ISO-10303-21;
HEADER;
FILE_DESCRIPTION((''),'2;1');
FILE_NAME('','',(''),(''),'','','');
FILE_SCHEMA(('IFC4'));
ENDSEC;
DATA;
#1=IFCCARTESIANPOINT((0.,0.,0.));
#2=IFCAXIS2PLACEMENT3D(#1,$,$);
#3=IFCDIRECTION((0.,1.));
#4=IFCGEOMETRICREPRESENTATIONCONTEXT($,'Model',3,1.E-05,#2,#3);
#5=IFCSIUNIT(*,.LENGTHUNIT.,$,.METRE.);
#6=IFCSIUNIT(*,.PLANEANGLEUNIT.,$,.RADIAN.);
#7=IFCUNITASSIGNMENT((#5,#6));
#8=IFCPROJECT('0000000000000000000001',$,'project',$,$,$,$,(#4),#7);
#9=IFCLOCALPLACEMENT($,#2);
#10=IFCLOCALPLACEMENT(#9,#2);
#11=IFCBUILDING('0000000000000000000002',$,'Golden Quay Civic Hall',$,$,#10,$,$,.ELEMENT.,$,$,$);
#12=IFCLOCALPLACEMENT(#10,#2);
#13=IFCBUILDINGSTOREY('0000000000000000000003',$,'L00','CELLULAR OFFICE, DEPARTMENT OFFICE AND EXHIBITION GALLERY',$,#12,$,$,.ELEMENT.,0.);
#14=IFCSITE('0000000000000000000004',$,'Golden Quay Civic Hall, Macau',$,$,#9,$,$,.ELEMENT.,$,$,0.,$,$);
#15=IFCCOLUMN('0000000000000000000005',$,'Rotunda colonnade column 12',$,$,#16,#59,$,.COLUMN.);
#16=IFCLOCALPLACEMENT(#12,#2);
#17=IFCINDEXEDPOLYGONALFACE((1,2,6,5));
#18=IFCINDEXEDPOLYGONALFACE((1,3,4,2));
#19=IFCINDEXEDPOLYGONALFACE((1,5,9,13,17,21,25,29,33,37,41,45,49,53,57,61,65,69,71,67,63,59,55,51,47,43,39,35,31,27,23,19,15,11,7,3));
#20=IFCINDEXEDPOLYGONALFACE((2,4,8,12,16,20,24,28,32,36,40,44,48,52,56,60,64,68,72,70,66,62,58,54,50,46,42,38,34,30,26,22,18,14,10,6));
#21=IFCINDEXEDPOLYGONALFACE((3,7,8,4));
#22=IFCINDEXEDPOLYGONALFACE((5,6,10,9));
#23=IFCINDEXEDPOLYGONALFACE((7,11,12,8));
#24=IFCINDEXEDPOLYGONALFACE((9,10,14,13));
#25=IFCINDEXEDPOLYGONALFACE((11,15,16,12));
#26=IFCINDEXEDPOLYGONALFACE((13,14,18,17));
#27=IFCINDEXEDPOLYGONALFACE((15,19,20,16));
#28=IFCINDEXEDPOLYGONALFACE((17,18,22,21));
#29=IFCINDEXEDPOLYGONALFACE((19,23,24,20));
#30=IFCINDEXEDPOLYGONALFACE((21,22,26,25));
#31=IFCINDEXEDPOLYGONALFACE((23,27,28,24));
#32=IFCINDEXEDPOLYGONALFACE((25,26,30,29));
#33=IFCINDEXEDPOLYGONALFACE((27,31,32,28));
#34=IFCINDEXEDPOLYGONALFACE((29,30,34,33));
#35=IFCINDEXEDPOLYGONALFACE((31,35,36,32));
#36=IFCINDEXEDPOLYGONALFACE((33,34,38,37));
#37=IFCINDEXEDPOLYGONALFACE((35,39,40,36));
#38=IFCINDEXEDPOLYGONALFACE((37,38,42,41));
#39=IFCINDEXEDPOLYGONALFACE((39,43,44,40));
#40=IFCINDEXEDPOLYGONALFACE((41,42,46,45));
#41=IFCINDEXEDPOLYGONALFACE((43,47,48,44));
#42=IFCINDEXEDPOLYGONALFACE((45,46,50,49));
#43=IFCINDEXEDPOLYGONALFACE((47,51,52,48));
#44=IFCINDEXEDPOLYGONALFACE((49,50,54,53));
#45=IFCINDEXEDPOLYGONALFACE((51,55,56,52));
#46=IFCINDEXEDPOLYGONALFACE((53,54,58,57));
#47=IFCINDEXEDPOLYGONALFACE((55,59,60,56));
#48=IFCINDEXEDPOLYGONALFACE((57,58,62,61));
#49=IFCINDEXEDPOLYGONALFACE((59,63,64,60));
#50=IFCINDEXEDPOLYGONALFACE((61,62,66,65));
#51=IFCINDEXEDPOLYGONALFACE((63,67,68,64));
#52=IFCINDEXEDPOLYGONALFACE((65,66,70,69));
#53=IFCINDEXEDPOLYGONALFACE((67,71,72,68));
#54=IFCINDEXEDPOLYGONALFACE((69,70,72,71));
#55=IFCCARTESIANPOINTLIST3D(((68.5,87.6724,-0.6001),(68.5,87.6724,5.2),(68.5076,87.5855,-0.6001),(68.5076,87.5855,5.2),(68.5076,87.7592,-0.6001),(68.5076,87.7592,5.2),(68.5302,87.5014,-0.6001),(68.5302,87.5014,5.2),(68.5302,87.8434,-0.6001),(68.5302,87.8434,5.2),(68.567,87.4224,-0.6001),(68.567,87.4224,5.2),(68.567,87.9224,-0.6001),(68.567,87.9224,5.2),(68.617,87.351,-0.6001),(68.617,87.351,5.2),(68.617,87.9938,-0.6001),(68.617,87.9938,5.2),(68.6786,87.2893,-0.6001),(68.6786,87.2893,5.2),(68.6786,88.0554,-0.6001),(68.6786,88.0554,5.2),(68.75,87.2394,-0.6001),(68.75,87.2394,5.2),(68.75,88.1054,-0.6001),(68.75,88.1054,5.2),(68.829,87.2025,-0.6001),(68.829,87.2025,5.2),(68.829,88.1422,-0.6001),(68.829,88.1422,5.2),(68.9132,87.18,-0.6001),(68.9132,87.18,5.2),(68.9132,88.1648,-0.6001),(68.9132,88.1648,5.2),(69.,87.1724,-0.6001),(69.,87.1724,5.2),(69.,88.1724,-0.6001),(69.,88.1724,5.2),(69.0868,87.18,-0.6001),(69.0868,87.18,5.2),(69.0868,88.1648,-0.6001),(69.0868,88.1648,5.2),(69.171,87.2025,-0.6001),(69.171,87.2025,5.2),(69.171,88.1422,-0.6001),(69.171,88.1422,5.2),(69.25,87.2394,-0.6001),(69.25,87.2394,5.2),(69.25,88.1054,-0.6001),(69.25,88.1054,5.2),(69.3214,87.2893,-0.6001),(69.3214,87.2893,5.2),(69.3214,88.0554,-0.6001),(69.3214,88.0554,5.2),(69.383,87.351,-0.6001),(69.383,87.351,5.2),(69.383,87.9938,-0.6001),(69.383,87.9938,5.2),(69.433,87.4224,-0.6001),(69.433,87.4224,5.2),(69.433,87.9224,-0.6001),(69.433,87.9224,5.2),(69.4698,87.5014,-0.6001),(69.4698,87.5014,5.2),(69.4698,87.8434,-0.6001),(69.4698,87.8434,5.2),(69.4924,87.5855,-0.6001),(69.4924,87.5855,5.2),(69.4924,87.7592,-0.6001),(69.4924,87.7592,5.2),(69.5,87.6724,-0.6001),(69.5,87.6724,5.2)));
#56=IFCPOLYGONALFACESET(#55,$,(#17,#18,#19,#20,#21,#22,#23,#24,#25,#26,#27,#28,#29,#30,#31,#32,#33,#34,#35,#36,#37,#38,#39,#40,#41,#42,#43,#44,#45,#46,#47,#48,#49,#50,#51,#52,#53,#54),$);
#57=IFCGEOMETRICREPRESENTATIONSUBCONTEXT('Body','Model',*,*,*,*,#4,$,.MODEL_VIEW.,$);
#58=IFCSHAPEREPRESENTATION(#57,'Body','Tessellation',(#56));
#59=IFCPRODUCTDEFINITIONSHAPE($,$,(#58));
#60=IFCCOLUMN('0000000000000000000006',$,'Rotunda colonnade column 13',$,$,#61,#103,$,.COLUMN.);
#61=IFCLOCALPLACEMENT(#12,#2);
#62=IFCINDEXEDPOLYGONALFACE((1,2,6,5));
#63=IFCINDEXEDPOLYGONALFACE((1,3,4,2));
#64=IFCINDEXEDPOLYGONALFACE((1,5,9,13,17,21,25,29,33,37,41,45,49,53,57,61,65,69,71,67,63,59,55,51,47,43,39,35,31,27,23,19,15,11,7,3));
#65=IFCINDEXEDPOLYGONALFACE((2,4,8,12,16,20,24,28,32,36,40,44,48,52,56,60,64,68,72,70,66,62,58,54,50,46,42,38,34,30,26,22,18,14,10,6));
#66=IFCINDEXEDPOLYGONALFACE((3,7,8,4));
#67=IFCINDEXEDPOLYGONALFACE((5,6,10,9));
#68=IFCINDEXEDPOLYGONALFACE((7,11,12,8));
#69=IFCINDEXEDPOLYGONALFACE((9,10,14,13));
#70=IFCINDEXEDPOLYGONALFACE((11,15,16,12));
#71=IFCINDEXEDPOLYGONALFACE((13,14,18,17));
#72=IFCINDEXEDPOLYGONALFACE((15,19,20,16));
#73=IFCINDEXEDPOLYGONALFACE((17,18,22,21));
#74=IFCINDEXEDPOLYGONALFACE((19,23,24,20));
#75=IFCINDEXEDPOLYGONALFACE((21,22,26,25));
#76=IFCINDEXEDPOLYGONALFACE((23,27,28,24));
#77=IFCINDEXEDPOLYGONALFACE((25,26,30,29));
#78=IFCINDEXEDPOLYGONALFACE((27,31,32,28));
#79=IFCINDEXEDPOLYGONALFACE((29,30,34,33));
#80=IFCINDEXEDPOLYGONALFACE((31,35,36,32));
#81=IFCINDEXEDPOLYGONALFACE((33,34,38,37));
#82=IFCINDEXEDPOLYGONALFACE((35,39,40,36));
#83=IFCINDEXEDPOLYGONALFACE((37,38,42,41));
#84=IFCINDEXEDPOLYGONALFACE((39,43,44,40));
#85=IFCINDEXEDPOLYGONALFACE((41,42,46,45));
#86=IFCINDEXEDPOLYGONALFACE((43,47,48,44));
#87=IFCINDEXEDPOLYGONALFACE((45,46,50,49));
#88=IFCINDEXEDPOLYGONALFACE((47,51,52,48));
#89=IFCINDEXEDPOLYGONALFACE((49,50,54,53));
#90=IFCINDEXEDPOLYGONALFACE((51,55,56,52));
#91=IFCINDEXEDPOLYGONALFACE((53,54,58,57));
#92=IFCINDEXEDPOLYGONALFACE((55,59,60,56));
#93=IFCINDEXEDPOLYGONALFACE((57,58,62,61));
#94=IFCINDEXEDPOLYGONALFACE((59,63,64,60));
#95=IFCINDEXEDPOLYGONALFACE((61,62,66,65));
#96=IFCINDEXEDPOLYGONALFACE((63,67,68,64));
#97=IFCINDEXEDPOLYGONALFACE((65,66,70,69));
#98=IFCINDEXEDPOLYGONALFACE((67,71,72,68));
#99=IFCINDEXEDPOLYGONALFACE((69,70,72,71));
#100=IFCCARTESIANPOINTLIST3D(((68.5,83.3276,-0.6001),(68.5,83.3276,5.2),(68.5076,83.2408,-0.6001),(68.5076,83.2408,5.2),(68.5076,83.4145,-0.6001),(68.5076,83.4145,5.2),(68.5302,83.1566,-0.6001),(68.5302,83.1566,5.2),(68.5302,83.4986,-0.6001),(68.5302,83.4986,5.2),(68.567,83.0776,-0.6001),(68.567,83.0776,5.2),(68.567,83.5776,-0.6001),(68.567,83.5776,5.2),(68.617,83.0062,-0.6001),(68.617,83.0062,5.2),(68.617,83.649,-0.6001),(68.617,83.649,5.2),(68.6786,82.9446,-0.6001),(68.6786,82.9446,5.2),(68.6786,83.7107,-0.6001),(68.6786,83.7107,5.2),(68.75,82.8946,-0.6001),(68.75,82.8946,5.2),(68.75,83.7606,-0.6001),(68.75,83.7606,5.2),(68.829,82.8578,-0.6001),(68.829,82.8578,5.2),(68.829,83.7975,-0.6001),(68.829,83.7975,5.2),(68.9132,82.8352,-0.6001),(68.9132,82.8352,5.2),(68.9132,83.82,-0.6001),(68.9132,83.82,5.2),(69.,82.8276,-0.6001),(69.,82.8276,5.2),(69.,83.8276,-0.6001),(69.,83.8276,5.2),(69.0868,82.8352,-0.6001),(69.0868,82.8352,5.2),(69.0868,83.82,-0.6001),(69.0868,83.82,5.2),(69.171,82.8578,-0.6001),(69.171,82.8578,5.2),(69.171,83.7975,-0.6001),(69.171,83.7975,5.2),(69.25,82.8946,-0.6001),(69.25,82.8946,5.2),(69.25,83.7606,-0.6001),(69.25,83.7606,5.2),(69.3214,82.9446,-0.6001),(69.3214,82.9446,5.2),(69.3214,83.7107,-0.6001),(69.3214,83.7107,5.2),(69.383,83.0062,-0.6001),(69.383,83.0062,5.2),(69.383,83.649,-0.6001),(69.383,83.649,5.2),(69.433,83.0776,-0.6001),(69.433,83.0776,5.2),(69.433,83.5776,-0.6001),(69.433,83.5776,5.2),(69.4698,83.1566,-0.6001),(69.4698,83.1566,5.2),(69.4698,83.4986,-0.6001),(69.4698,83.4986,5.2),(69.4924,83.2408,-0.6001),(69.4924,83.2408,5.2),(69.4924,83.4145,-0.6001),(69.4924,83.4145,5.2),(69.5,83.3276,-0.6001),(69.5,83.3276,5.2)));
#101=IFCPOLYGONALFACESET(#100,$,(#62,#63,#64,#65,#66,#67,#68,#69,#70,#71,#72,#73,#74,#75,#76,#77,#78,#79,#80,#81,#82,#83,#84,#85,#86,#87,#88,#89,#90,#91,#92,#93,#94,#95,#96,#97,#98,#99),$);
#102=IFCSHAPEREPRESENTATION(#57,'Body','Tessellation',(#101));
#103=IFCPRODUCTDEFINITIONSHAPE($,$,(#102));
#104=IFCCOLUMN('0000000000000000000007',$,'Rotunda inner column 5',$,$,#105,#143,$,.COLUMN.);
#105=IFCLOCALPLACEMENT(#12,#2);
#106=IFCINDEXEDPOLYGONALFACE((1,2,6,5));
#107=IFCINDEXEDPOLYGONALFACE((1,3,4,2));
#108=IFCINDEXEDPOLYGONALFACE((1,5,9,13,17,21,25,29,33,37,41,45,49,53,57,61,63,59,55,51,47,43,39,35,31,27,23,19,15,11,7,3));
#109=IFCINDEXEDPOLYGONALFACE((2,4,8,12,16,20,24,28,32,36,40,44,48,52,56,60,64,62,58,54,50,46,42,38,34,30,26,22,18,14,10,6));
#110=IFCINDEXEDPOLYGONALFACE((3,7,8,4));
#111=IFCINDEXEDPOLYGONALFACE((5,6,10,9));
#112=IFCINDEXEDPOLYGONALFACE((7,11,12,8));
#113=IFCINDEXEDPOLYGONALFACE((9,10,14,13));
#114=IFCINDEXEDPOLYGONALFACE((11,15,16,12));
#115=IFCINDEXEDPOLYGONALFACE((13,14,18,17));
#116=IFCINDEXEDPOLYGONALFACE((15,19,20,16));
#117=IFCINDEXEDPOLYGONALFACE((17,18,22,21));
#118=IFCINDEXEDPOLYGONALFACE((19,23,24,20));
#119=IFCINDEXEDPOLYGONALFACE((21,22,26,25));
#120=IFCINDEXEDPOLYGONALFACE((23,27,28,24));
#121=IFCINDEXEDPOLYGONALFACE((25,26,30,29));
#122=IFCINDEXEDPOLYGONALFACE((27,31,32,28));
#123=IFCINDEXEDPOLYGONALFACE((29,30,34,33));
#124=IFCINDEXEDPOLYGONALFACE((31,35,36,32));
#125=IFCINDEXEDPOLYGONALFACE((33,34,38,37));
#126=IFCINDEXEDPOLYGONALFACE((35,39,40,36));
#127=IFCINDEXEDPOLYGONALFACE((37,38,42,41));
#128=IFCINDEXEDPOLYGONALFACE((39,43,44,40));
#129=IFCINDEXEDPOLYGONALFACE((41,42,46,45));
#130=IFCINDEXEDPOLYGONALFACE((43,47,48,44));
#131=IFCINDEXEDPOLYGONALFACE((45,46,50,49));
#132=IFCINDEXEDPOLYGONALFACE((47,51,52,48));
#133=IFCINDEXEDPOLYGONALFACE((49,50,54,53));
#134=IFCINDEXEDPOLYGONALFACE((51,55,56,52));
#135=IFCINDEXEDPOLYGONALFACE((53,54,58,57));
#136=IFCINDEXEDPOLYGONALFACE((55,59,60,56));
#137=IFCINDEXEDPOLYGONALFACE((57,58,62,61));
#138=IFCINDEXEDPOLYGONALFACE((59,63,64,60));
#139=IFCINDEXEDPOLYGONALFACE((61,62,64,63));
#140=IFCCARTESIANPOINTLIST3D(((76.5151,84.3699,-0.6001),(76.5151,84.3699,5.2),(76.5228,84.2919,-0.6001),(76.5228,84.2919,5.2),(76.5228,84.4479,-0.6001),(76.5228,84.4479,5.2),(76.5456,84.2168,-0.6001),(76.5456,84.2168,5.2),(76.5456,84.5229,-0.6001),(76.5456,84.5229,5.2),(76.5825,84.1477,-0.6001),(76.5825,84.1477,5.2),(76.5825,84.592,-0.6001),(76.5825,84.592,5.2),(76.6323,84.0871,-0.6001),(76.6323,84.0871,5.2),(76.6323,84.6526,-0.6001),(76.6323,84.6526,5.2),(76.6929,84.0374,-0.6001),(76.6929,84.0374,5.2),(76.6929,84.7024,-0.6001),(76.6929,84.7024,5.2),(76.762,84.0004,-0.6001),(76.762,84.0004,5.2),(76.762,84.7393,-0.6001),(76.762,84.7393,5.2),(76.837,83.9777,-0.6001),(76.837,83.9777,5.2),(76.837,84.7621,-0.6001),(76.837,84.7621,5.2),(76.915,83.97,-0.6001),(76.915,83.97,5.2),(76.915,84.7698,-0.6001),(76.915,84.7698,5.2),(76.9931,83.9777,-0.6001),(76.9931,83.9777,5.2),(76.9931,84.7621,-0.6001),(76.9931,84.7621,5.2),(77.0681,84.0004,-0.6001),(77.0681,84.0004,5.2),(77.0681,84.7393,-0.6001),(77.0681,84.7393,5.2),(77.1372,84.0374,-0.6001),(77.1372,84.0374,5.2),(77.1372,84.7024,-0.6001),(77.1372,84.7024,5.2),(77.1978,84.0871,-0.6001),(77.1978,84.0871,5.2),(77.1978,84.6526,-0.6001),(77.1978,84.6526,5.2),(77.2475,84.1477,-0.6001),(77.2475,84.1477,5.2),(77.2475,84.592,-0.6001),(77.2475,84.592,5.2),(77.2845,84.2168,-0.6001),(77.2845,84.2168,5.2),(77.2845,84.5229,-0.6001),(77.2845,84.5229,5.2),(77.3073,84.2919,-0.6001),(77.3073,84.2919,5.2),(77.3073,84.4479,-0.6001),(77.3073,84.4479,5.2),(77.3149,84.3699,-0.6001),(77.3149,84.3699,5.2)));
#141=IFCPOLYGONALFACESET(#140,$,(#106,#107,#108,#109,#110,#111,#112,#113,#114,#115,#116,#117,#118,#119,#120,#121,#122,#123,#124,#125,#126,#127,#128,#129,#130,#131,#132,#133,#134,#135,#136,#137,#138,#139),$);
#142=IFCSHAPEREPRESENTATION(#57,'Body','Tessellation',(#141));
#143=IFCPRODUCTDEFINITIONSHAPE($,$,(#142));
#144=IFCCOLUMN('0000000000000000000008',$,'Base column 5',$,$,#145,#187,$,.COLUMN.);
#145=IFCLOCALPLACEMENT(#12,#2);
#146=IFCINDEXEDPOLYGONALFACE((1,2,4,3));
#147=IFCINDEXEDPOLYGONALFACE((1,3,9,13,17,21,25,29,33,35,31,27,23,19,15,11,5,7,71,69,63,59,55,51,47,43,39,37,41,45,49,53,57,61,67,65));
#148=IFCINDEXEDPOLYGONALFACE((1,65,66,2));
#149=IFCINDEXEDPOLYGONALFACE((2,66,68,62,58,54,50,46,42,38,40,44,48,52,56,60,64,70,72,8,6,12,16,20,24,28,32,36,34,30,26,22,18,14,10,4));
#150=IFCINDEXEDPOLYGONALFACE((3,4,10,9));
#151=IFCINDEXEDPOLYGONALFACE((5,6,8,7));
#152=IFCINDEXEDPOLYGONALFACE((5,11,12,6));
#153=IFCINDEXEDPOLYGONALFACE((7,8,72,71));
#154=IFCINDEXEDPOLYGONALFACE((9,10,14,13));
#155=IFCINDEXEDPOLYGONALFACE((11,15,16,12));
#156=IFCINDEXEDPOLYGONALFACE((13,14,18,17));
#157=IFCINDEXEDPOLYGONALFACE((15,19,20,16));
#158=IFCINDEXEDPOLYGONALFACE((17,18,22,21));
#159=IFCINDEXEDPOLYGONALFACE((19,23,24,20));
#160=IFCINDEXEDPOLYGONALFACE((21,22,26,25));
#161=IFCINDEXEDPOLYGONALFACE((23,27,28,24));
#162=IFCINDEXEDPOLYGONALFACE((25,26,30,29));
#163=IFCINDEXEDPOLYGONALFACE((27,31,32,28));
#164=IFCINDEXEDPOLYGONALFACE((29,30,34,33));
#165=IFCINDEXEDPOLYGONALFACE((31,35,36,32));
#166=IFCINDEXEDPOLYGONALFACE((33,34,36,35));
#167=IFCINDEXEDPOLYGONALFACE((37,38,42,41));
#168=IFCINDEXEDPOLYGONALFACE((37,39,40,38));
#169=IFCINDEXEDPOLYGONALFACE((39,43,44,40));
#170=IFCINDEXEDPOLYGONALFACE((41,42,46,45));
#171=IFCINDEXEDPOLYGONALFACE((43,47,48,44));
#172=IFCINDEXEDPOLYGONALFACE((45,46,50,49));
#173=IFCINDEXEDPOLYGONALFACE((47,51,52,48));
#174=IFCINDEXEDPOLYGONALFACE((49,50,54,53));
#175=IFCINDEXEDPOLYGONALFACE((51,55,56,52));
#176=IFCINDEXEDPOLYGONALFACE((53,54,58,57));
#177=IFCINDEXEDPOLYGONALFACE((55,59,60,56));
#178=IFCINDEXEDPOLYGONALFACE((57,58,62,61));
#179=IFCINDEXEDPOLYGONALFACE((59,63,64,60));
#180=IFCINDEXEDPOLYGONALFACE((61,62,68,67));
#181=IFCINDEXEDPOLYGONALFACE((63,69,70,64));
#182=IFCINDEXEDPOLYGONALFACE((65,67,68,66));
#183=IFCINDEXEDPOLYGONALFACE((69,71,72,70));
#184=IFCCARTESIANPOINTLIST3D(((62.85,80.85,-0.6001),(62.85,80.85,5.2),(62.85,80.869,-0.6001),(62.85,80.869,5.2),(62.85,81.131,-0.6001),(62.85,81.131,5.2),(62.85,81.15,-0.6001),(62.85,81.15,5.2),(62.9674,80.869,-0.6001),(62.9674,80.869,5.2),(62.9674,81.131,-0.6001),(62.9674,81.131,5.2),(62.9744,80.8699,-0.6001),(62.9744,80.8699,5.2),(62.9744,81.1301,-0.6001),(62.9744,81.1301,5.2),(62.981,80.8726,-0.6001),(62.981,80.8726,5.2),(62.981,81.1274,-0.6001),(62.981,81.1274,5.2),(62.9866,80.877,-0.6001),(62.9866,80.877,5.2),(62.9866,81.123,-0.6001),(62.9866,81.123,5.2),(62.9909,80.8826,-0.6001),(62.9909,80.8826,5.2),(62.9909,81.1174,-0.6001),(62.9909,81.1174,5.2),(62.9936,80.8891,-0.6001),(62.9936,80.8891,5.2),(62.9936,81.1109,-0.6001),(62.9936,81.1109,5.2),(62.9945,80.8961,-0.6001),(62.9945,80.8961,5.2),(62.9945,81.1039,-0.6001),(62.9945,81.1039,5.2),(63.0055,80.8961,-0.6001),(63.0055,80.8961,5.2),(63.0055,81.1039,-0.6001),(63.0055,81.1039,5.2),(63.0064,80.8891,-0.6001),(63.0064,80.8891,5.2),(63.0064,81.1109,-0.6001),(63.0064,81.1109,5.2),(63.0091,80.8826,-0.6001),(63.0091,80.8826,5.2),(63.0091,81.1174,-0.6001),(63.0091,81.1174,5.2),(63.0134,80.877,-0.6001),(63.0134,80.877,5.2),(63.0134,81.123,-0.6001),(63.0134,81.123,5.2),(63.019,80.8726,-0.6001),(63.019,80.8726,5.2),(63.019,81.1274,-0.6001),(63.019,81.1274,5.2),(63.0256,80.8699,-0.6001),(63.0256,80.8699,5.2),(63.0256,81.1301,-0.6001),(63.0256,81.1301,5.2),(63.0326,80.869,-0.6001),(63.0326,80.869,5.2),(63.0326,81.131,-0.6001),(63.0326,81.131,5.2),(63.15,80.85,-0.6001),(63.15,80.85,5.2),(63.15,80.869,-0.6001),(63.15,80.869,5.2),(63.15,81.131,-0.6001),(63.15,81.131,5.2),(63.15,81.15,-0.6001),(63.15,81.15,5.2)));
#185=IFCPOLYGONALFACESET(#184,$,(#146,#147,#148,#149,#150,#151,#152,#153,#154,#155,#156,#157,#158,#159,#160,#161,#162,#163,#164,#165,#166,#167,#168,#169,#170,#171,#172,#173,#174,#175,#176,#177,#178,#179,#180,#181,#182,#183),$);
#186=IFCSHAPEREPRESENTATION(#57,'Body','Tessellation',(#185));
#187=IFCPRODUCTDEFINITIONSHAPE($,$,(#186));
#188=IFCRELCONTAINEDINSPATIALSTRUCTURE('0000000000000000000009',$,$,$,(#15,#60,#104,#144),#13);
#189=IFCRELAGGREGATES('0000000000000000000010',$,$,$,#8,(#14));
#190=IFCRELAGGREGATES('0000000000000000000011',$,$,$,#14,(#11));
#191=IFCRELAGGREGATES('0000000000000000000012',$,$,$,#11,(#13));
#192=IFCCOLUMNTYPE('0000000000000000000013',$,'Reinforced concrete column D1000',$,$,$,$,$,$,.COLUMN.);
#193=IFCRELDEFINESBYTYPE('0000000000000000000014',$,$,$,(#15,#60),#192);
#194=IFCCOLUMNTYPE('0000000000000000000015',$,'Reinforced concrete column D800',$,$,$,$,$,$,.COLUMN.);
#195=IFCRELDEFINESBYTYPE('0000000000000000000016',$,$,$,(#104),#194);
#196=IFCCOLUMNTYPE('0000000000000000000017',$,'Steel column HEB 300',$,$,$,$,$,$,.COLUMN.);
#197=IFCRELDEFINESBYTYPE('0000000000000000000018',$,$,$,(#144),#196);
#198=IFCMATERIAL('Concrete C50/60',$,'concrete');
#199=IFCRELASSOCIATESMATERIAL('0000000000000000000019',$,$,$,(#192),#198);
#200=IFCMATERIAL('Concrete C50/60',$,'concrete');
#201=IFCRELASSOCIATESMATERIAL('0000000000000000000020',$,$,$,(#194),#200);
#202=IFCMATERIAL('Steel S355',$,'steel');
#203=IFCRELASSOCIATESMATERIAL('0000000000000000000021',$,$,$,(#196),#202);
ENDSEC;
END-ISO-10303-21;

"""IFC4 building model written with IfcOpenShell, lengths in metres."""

from ifc_helpers import new_model, si_unit, direction, frame, origin, origin_2d, place, context, subcontext, project, spatial, circle, i_section, extrude, material, material_profile, profile_set, type_object, element, save


model = new_model("IFC4")

# Units and contexts
model_context = context("Model", 3, precision=1e-05, world=origin(), true_north=direction((0.0, 1.0)))
body_context = subcontext(model_context, "Body", "Model", "MODEL_VIEW")
ifc_project = project(units=[si_unit("LENGTHUNIT", "METRE"), si_unit("PLANEANGLEUNIT", "RADIAN")], contexts=[model_context])

# Site, building, storey
site_placement = place(None, origin())
site = spatial("IfcSite", under=ifc_project, at=site_placement, Name="Golden Quay Civic Hall, Macau", CompositionType="ELEMENT", RefElevation=0.0)
building_placement = place(site_placement, origin())
building = spatial("IfcBuilding", under=site, at=building_placement, Name="Golden Quay Civic Hall", CompositionType="ELEMENT")
storey_placement = place(building_placement, origin())
storey = spatial("IfcBuildingStorey", under=building, at=storey_placement, Name="L00", Description="CELLULAR OFFICE, DEPARTMENT OFFICE AND EXHIBITION GALLERY", CompositionType="ELEMENT", Elevation=0.0)

# Columns
ifc_material_1 = material(Name="Concrete C50/60", Category="concrete")
ifc_material_profile_1 = material_profile(ifc_material_1, circle(Radius=0.5, at=origin_2d()), Name="RC D1000")
ifc_profile_set_1 = profile_set([ifc_material_profile_1], Name="Concrete C50/60")
column_type_1 = type_object("IfcColumnType", Name="Reinforced concrete column D1000", PredefinedType="COLUMN", material=ifc_profile_set_1)
for number, where, z_axis, x_axis, name in (
    (1, (69.0, 87.6724, -0.6001), (0.0, 0.0, 1.0), (1.0, 0.0, 0.0), "Rotunda colonnade column 12"),
    (2, (69.0, 83.3276, -0.6001), (0.0, 0.0, 1.0), (1.0, 0.0, 0.0), "Rotunda colonnade column 13"),
):
    element("IfcColumn", number, at=place(storey_placement, frame(where, z_axis=z_axis, x_axis=x_axis)), inside=storey, type_object=column_type_1, Name=name, PredefinedType="COLUMN", context=body_context, shape_type="SweptSolid", body=[
        extrude(circle(Radius=0.5, at=origin_2d()), origin(), (0.0, 0.0, 1.0), 5.8),
    ])
ifc_material_2 = material(Name="Concrete C50/60", Category="concrete")
ifc_material_profile_2 = material_profile(ifc_material_2, circle(Radius=0.3999, at=origin_2d()), Name="RC D800")
ifc_profile_set_2 = profile_set([ifc_material_profile_2], Name="Concrete C50/60")
column_type_2 = type_object("IfcColumnType", Name="Reinforced concrete column D800", PredefinedType="COLUMN", material=ifc_profile_set_2)
column_placement = place(storey_placement, frame((76.915, 84.3699, -0.6001), z_axis=(0.0, 0.0, 1.0), x_axis=(1.0, 0.0, 0.0)))
element("IfcColumn", 3, at=column_placement, inside=storey, type_object=column_type_2, Name="Rotunda inner column 5", PredefinedType="COLUMN", context=body_context, shape_type="SweptSolid", body=[
    extrude(circle(Radius=0.3999, at=origin_2d()), origin(), (0.0, 0.0, 1.0), 5.8),
])
ifc_material_3 = material(Name="Steel S355", Category="steel")
ifc_material_profile_3 = material_profile(ifc_material_3, i_section(OverallWidth=0.3, OverallDepth=0.3, WebThickness=0.011, FlangeThickness=0.019, FilletRadius=0.0271, at=origin_2d()), Name="HEB 300")
ifc_profile_set_3 = profile_set([ifc_material_profile_3], Name="Steel S355")
column_type_3 = type_object("IfcColumnType", Name="Steel column HEB 300", PredefinedType="COLUMN", material=ifc_profile_set_3)
for number, where, z_axis, x_axis, name in (
    (4, (63.0, 81.0, -0.6001), (0.0, 0.0, 1.0), (1.0, 0.0, 0.0), "Base column 5"),
):
    element("IfcColumn", number, at=place(storey_placement, frame(where, z_axis=z_axis, x_axis=x_axis)), inside=storey, type_object=column_type_3, Name=name, PredefinedType="COLUMN", context=body_context, shape_type="SweptSolid", body=[
        extrude(i_section(OverallWidth=0.3, OverallDepth=0.3, WebThickness=0.011, FlangeThickness=0.019, FilletRadius=0.0271, at=origin_2d()), origin(), (0.0, 0.0, 1.0), 5.8),
    ])

save(model, "model.ifc")
